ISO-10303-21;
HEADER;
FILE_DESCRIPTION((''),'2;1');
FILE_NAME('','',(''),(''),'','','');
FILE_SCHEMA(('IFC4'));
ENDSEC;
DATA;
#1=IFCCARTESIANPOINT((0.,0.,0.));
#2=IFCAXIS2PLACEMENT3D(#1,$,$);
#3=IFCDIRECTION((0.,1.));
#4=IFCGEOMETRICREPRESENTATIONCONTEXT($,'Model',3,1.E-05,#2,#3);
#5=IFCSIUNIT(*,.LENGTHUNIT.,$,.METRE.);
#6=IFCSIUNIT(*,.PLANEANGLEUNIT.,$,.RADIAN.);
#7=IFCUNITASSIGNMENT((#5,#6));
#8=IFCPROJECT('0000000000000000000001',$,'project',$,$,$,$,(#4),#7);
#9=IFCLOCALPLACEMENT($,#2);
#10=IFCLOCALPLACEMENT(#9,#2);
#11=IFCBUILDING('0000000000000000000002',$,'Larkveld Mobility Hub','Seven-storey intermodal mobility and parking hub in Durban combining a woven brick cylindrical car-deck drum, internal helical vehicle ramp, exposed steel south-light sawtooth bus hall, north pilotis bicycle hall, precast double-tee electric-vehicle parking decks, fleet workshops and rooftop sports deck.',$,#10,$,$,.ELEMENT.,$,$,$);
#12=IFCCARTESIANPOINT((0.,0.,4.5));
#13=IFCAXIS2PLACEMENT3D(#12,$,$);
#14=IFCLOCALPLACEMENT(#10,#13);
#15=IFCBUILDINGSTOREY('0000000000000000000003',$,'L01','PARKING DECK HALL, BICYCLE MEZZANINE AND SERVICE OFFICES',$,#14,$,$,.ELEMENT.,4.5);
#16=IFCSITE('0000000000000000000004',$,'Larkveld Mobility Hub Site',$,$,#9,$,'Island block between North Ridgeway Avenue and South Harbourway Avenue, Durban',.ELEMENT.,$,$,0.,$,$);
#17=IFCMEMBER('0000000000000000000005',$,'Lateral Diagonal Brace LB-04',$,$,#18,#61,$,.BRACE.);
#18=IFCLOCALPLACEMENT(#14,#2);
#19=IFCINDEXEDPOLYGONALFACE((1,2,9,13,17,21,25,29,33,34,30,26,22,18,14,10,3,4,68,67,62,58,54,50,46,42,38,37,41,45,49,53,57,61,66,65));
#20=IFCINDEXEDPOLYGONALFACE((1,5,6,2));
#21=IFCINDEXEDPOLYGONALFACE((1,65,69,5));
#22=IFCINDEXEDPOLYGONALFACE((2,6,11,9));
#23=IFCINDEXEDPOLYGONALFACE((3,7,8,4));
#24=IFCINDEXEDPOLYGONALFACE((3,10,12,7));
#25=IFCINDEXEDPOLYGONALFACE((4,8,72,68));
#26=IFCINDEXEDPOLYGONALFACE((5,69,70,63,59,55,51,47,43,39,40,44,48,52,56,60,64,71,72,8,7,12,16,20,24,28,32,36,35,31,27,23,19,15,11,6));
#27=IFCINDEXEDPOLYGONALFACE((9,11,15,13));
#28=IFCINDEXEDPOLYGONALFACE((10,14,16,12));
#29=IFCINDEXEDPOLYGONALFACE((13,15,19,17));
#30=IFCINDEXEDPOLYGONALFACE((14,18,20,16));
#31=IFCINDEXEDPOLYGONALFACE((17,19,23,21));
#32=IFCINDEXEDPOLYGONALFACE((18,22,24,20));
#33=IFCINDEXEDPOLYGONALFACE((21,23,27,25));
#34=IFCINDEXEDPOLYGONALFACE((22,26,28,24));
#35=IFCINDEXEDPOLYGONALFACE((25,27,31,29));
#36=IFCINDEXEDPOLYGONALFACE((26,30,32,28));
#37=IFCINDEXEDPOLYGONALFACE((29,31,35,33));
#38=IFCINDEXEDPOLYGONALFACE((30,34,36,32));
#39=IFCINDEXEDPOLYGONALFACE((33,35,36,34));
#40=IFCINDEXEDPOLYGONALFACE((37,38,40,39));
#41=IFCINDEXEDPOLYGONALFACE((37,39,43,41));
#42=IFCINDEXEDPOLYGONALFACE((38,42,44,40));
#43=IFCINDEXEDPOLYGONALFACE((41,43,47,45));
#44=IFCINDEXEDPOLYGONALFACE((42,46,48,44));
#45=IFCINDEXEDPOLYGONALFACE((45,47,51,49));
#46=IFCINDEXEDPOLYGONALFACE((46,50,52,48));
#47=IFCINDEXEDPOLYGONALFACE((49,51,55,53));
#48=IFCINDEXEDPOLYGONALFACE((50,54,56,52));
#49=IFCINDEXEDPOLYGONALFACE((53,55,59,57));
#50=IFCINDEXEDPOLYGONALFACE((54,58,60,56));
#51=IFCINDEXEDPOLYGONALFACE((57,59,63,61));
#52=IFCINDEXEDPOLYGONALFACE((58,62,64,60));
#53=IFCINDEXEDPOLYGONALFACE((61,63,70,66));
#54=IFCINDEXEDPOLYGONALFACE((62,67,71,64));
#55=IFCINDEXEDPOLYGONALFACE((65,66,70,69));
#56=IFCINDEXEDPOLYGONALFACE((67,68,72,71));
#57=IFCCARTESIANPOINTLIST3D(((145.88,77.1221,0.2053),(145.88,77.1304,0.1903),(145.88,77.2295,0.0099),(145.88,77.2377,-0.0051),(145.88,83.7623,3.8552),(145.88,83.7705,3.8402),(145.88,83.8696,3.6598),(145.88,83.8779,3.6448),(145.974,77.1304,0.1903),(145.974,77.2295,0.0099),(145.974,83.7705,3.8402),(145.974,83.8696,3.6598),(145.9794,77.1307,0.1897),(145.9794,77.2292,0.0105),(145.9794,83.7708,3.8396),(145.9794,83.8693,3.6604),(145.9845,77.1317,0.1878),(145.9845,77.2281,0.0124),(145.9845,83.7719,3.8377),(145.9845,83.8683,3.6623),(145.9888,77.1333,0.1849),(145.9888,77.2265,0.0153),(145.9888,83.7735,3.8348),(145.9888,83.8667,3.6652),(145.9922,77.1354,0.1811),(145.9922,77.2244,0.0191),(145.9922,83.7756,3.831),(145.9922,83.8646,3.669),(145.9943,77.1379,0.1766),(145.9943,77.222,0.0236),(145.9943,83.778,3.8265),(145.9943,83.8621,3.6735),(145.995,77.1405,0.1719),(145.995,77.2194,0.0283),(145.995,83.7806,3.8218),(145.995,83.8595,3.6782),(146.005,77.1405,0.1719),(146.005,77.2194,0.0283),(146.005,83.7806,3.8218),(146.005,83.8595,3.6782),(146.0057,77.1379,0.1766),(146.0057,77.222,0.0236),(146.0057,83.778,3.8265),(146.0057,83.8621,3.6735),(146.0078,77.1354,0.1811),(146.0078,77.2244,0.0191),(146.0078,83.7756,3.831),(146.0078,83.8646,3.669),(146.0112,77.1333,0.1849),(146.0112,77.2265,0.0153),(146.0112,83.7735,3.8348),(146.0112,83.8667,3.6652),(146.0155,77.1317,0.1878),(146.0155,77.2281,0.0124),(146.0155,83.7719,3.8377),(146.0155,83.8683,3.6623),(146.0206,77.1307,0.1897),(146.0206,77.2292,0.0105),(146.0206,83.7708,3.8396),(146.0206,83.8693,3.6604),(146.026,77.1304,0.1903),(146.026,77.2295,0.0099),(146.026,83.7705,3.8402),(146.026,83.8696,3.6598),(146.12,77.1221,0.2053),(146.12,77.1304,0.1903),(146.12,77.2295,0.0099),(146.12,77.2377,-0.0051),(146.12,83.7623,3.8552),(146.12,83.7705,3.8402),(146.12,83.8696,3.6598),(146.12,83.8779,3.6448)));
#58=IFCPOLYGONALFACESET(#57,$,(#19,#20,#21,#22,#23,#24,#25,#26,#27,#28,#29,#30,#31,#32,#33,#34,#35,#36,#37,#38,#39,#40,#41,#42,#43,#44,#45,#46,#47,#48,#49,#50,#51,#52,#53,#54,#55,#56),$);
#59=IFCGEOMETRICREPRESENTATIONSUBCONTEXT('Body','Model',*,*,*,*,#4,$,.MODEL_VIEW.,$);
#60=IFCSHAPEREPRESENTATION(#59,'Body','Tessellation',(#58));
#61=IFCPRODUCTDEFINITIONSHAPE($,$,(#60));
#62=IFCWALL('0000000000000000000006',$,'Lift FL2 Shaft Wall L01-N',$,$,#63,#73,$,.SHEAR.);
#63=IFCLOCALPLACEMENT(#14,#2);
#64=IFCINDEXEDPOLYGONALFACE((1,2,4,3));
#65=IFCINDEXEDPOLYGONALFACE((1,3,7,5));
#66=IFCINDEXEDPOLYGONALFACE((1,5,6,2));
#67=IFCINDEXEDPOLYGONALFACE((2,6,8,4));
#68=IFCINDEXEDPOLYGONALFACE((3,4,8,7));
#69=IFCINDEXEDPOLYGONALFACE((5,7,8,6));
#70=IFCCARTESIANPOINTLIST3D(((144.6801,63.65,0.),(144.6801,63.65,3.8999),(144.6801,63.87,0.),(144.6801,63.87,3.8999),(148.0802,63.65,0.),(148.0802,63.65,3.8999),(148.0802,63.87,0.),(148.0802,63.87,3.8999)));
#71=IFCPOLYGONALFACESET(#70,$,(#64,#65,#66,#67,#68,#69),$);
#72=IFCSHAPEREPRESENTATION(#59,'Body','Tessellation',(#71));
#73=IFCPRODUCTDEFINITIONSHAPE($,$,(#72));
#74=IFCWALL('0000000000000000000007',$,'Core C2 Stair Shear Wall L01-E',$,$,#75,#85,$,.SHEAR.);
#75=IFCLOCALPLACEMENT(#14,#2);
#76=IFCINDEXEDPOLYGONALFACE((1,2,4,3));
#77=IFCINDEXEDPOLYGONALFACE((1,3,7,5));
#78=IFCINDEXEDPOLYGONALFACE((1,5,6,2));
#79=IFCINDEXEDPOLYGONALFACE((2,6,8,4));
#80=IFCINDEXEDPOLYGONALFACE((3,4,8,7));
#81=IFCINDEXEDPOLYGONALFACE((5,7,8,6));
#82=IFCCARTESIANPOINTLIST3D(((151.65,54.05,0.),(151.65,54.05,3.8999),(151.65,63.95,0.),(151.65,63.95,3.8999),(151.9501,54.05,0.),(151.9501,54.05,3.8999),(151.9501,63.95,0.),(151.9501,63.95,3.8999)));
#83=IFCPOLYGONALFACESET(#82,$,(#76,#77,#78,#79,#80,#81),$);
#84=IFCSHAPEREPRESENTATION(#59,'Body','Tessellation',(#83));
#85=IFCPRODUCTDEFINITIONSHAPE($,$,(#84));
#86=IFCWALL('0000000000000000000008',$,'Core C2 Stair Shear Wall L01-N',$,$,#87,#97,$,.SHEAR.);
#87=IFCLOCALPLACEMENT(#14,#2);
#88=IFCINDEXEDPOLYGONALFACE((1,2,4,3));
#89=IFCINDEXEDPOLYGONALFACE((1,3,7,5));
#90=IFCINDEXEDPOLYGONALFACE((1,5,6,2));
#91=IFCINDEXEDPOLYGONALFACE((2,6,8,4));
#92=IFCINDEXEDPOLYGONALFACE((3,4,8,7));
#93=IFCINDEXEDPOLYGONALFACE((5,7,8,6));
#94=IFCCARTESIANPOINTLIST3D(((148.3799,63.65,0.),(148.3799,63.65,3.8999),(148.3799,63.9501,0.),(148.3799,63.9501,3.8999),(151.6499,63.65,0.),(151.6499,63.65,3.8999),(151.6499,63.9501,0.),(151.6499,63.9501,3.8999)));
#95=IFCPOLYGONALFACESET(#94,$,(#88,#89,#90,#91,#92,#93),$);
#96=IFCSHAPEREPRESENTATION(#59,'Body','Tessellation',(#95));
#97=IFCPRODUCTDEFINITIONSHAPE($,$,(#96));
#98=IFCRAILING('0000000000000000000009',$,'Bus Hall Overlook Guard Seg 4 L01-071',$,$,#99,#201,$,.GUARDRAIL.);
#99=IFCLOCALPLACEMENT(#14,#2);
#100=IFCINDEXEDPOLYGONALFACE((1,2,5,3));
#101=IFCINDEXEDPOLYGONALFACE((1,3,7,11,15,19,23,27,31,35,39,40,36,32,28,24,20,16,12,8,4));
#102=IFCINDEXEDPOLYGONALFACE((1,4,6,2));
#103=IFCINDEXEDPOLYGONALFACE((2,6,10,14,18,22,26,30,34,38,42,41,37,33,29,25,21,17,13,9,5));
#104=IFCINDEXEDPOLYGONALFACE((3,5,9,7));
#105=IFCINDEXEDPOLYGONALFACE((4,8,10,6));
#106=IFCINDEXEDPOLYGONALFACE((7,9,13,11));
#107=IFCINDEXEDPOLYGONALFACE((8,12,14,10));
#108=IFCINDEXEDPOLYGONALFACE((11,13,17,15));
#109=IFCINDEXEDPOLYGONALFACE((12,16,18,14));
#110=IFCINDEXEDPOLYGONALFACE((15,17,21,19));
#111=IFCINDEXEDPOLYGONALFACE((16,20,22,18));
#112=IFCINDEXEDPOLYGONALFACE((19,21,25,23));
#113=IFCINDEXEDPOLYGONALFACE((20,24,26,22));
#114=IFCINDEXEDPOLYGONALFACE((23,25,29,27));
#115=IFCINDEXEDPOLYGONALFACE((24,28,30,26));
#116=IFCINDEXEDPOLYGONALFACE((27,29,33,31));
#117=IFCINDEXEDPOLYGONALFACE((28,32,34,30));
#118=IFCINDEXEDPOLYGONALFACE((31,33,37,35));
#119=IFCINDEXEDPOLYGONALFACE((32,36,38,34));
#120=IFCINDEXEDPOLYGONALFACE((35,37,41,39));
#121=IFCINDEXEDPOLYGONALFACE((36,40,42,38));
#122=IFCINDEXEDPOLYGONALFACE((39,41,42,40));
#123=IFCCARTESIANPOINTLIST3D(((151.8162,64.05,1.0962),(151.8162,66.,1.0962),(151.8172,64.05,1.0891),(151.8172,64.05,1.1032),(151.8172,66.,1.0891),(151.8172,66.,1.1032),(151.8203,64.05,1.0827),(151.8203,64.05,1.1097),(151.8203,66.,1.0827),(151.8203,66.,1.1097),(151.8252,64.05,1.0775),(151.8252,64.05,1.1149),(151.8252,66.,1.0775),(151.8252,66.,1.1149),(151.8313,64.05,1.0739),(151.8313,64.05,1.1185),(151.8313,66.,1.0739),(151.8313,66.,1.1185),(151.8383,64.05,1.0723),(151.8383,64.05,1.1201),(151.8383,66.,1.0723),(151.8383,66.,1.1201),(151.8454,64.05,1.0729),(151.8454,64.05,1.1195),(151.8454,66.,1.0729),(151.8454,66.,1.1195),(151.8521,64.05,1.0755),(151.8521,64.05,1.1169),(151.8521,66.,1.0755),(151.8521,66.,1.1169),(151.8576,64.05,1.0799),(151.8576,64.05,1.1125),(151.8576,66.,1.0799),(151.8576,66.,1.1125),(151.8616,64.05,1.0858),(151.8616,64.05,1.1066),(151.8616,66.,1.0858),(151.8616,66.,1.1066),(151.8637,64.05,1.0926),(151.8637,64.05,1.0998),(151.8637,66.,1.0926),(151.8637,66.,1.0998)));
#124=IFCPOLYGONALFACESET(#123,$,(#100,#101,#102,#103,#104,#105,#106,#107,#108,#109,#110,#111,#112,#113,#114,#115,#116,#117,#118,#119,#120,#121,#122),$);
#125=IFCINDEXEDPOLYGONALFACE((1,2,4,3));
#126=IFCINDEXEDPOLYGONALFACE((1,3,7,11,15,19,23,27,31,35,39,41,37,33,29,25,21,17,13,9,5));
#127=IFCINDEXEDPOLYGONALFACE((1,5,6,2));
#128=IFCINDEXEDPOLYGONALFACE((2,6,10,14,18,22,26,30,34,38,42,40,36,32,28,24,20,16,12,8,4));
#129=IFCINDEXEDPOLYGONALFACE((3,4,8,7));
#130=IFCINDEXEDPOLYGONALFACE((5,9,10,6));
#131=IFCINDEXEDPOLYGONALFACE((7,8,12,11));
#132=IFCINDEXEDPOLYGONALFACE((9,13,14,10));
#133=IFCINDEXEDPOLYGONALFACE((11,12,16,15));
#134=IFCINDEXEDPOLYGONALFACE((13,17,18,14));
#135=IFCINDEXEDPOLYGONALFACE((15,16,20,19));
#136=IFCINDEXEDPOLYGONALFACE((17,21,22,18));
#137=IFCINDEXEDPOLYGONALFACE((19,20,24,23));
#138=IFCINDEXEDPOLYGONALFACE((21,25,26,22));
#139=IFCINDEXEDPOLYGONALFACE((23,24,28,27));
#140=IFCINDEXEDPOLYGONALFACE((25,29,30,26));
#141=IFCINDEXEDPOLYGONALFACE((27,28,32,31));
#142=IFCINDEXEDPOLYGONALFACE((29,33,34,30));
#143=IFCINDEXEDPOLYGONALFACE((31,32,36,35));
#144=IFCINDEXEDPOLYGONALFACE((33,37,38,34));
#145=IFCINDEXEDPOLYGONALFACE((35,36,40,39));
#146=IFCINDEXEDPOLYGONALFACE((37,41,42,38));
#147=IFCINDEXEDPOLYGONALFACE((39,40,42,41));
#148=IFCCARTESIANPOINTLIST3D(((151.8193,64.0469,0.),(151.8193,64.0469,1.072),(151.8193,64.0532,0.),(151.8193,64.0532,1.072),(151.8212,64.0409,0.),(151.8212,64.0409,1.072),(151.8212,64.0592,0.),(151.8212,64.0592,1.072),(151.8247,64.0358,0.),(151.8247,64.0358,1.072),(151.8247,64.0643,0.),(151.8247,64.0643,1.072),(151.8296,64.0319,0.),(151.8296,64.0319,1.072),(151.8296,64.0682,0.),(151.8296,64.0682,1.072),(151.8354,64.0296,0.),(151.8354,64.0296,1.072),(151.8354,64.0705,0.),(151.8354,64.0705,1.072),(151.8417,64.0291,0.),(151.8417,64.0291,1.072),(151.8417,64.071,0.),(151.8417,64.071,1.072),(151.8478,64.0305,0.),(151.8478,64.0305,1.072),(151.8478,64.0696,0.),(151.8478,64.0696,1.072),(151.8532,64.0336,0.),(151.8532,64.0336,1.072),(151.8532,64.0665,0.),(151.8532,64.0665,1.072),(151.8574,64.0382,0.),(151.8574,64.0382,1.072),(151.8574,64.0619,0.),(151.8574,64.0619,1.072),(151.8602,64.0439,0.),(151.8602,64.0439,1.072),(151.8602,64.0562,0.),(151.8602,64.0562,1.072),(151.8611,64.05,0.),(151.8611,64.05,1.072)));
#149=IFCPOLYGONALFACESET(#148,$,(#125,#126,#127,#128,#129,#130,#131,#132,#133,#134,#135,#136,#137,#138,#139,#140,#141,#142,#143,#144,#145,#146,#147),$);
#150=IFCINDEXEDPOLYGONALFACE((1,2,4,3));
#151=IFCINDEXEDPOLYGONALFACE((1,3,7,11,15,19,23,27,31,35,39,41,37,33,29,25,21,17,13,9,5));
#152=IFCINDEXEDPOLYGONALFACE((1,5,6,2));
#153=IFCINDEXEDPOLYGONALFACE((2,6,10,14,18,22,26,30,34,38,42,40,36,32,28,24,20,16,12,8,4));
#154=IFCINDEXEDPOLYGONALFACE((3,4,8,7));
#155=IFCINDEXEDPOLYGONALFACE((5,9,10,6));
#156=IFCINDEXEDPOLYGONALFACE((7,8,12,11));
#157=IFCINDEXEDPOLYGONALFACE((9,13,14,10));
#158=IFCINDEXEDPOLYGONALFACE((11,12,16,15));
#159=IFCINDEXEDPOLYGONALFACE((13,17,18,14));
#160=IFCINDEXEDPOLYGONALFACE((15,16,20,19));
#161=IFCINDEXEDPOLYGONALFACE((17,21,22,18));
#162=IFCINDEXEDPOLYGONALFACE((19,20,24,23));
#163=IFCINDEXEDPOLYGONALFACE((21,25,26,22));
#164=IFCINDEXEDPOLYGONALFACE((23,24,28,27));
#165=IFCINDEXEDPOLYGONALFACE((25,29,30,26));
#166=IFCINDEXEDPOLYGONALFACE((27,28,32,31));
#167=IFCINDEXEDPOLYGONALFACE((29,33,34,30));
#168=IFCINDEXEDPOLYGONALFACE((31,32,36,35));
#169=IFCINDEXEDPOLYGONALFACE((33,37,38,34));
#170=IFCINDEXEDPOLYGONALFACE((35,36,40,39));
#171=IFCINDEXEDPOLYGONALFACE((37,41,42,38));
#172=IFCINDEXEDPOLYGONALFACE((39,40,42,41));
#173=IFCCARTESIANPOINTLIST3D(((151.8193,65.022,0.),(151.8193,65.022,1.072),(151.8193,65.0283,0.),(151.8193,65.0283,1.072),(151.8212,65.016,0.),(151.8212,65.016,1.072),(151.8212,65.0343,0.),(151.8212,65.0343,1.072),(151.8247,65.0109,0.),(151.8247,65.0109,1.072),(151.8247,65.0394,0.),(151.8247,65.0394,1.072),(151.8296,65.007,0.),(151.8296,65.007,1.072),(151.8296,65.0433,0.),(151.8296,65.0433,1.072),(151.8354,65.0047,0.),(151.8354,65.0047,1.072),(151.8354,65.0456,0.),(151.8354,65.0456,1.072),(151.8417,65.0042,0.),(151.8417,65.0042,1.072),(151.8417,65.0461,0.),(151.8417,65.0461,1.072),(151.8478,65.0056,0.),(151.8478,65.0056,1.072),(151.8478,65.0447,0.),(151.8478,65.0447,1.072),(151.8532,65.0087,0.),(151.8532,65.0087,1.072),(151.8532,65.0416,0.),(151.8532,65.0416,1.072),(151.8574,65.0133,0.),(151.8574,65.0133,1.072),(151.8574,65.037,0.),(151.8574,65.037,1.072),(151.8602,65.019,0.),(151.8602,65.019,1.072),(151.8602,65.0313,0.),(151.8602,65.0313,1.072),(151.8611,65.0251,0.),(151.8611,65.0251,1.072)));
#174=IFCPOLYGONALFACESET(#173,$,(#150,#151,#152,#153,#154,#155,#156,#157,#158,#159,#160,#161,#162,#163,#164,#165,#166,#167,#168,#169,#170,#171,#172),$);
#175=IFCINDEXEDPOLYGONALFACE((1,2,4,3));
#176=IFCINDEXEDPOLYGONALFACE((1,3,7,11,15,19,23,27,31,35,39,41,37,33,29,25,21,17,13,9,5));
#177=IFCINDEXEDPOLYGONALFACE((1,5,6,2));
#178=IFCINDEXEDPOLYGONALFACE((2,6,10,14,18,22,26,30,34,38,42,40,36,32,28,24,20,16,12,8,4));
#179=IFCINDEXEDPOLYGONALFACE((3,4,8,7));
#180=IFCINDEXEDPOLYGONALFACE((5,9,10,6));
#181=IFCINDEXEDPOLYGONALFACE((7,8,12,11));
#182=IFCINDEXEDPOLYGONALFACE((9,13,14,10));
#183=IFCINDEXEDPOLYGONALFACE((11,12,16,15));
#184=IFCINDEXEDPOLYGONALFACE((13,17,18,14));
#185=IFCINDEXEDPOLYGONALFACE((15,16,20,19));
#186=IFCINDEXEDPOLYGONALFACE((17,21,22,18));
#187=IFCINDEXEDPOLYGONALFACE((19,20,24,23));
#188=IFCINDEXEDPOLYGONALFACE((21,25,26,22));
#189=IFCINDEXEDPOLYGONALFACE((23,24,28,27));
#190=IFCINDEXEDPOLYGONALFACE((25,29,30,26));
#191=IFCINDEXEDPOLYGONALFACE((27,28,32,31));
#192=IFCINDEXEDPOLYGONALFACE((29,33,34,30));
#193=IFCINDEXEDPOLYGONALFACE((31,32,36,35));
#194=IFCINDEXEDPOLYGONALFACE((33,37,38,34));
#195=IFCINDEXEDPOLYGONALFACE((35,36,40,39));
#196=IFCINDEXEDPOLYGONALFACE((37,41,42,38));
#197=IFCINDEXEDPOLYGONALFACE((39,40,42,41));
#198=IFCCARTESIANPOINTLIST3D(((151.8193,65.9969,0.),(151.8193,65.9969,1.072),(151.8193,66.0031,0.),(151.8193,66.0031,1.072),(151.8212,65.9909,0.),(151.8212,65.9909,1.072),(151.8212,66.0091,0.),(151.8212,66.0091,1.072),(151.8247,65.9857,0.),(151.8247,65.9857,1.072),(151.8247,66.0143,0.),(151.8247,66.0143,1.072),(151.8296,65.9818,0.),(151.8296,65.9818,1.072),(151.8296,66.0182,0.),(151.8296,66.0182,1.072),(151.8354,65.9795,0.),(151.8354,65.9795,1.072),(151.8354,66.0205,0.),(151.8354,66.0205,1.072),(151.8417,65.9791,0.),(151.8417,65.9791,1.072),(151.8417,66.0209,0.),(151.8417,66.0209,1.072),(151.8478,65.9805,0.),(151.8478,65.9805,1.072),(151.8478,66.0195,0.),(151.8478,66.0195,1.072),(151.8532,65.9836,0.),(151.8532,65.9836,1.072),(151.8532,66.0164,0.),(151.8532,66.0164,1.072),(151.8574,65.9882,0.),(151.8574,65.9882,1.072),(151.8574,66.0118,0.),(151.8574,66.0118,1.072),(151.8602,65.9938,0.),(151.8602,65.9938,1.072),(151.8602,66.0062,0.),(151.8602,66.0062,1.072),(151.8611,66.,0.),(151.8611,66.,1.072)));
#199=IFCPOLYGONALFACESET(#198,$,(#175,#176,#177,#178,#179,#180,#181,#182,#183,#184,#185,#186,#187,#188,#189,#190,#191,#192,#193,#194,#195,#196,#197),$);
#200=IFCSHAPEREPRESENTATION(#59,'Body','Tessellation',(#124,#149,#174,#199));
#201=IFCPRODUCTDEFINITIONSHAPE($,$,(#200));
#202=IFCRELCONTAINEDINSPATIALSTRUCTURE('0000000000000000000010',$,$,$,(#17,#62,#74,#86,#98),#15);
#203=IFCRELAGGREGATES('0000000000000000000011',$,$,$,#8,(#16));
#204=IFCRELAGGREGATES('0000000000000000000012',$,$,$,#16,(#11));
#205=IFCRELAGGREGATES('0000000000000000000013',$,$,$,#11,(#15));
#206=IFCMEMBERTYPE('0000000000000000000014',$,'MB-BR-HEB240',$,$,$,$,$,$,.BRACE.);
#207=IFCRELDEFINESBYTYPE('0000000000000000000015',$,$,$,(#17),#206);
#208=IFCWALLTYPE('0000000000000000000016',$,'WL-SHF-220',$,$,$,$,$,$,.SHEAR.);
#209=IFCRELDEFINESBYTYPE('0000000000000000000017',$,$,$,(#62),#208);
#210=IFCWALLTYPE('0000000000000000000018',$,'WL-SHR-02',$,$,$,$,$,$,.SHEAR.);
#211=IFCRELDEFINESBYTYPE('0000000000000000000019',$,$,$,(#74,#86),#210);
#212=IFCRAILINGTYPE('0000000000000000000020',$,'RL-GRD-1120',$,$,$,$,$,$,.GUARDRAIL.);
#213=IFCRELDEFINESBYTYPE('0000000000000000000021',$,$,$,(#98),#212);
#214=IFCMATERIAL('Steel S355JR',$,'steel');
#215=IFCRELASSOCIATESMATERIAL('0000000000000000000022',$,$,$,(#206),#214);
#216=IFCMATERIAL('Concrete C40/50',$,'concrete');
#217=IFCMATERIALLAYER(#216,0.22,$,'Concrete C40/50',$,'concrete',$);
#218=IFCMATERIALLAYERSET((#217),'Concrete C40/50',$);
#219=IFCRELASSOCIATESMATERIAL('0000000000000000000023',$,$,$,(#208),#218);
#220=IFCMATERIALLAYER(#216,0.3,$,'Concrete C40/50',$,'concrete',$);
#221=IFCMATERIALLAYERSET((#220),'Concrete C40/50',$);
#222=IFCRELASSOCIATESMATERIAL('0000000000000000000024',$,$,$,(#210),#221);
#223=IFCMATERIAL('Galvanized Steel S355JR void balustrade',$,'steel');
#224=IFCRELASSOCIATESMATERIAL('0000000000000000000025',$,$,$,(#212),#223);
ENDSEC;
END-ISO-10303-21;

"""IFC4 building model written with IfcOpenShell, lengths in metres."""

from ifc_helpers import new_model, si_unit, direction, frame, frame_2d, origin, origin_2d, place, context, subcontext, project, spatial, rectangle, circle, i_section, extrude, material, layer, layer_set, material_profile, profile_set, type_object, element, save


model = new_model("IFC4")

# Units and contexts
model_context = context("Model", 3, precision=1e-05, world=origin(), true_north=direction((0.0, 1.0)))
body_context = subcontext(model_context, "Body", "Model", "MODEL_VIEW")
ifc_project = project(units=[si_unit("LENGTHUNIT", "METRE"), si_unit("PLANEANGLEUNIT", "RADIAN")], contexts=[model_context])

# Site, building, storey
site_placement = place(None, origin())
site = spatial("IfcSite", under=ifc_project, at=site_placement, Name="Larkveld Mobility Hub Site", LongName="Island block between North Ridgeway Avenue and South Harbourway Avenue, Durban", CompositionType="ELEMENT", RefElevation=0.0)
building_placement = place(site_placement, origin())
building = spatial("IfcBuilding", under=site, at=building_placement, Name="Larkveld Mobility Hub", Description="Seven-storey intermodal mobility and parking hub in Durban combining a woven brick cylindrical car-deck drum, internal helical vehicle ramp, exposed steel south-light sawtooth bus hall, north pilotis bicycle hall, precast double-tee electric-vehicle parking decks, fleet workshops and rooftop sports deck.", CompositionType="ELEMENT")
storey_placement = place(building_placement, frame((0.0, 0.0, 4.5)))
storey = spatial("IfcBuildingStorey", under=building, at=storey_placement, Name="L01", Description="PARKING DECK HALL, BICYCLE MEZZANINE AND SERVICE OFFICES", CompositionType="ELEMENT", Elevation=4.5)

# Shared definitions
ifc_material_1 = material(Name="Concrete C40/50", Category="concrete")

# Shared definitions
ifc_material_2 = material(Name="Steel S355JR", Category="steel")

# Member
ifc_material_profile_1 = material_profile(ifc_material_2, i_section(OverallWidth=0.24, OverallDepth=0.24, WebThickness=0.01, FlangeThickness=0.0171, FilletRadius=0.021, at=origin_2d()), Name="HEB 240")
ifc_profile_set_1 = profile_set([ifc_material_profile_1], Name="Steel S355JR")
member_type = type_object("IfcMemberType", Name="MB-BR-HEB240", PredefinedType="BRACE", material=ifc_profile_set_1)
for number, where, z_axis, x_axis, name in (
    (1, (146.0, 77.1799, 0.1001), (0.0, 0.876337, 0.481699), (-1.0, 0.0, 0.0), "Lateral Diagonal Brace LB-04"),
):
    element("IfcMember", number, at=place(storey_placement, frame(where, z_axis=z_axis, x_axis=x_axis)), inside=storey, type_object=member_type, Name=name, PredefinedType="BRACE", context=body_context, shape_type="SweptSolid", body=[
        extrude(i_section(OverallWidth=0.24, OverallDepth=0.24, WebThickness=0.01, FlangeThickness=0.0171, FilletRadius=0.021, at=origin_2d()), origin(), (0.0, 0.0, 1.0), 7.5771),
    ])

# Walls
ifc_layer_1 = layer(ifc_material_1, 0.22, Name="Concrete C40/50", Category="concrete")
ifc_layer_set_1 = layer_set([ifc_layer_1], Name="Concrete C40/50")
wall_type_1 = type_object("IfcWallType", Name="WL-SHF-220", PredefinedType="SHEAR", material=ifc_layer_set_1)
wall_1_placement = place(storey_placement, frame((144.6799, 63.76, 0.0), z_axis=(0.0, 0.0, 1.0), x_axis=(1.0, 0.0, 0.0)))
element("IfcWall", 2, at=wall_1_placement, inside=storey, type_object=wall_type_1, Name="Lift FL2 Shaft Wall L01-N", PredefinedType="SHEAR", context=body_context, shape_type="SweptSolid", body=[
    extrude(rectangle(XDim=3.4001, YDim=0.22, at=frame_2d((1.7002, 0.0))), origin(), (0.0, 0.0, 1.0), 3.8999),
])
ifc_layer_2 = layer(ifc_material_1, 0.3, Name="Concrete C40/50", Category="concrete")
ifc_layer_set_2 = layer_set([ifc_layer_2], Name="Concrete C40/50")
wall_type_2 = type_object("IfcWallType", Name="WL-SHR-02", PredefinedType="SHEAR", material=ifc_layer_set_2)
wall_2_placement = place(storey_placement, frame((151.8, 63.95, 0.0), z_axis=(0.0, 0.0, 1.0), x_axis=(0.0, -1.0, 0.0)))
element("IfcWall", 3, at=wall_2_placement, inside=storey, type_object=wall_type_2, Name="Core C2 Stair Shear Wall L01-E", PredefinedType="SHEAR", context=body_context, shape_type="SweptSolid", body=[
    extrude(rectangle(XDim=9.8999, YDim=0.3, at=frame_2d((4.95, 0.0))), origin(), (0.0, 0.0, 1.0), 3.8999),
])
wall_3_placement = place(storey_placement, frame((148.3799, 63.8, 0.0), z_axis=(0.0, 0.0, 1.0), x_axis=(1.0, 0.0, 0.0)))
element("IfcWall", 4, at=wall_3_placement, inside=storey, type_object=wall_type_2, Name="Core C2 Stair Shear Wall L01-N", PredefinedType="SHEAR", context=body_context, shape_type="SweptSolid", body=[
    extrude(rectangle(XDim=3.27, YDim=0.3, at=frame_2d((1.635, 0.0))), origin(), (0.0, 0.0, 1.0), 3.8999),
])

# Railing
ifc_material_3 = material(Name="Galvanized Steel S355JR void balustrade", Category="steel")
railing_type = type_object("IfcRailingType", Name="RL-GRD-1120", PredefinedType="GUARDRAIL", material=ifc_material_3)
railing_1_placement = place(storey_placement, frame((151.8401, 64.05, 0.0)))
element("IfcRailing", 5, at=railing_1_placement, inside=storey, type_object=railing_type, Name="Bus Hall Overlook Guard Seg 4 L01-071", PredefinedType="GUARDRAIL", context=body_context, shape_type="SweptSolid", body=[
    extrude(circle(Radius=0.0239, at=origin_2d()), frame((0.0, 0.0, 1.0962), z_axis=(0.0, 1.0, 0.0), x_axis=(-1.0, 0.0, 0.0)), (0.0, 0.0, 1.0), 1.95),
    extrude(circle(Radius=0.021, at=origin_2d()), origin(), (0.0, 0.0, 1.0), 1.072),
    extrude(circle(Radius=0.021, at=origin_2d()), frame((0.0, 0.9751, 0.0)), (0.0, 0.0, 1.0), 1.072),
    extrude(circle(Radius=0.021, at=origin_2d()), frame((0.0, 1.95, 0.0)), (0.0, 0.0, 1.0), 1.072),
])

save(model, "model.ifc")
